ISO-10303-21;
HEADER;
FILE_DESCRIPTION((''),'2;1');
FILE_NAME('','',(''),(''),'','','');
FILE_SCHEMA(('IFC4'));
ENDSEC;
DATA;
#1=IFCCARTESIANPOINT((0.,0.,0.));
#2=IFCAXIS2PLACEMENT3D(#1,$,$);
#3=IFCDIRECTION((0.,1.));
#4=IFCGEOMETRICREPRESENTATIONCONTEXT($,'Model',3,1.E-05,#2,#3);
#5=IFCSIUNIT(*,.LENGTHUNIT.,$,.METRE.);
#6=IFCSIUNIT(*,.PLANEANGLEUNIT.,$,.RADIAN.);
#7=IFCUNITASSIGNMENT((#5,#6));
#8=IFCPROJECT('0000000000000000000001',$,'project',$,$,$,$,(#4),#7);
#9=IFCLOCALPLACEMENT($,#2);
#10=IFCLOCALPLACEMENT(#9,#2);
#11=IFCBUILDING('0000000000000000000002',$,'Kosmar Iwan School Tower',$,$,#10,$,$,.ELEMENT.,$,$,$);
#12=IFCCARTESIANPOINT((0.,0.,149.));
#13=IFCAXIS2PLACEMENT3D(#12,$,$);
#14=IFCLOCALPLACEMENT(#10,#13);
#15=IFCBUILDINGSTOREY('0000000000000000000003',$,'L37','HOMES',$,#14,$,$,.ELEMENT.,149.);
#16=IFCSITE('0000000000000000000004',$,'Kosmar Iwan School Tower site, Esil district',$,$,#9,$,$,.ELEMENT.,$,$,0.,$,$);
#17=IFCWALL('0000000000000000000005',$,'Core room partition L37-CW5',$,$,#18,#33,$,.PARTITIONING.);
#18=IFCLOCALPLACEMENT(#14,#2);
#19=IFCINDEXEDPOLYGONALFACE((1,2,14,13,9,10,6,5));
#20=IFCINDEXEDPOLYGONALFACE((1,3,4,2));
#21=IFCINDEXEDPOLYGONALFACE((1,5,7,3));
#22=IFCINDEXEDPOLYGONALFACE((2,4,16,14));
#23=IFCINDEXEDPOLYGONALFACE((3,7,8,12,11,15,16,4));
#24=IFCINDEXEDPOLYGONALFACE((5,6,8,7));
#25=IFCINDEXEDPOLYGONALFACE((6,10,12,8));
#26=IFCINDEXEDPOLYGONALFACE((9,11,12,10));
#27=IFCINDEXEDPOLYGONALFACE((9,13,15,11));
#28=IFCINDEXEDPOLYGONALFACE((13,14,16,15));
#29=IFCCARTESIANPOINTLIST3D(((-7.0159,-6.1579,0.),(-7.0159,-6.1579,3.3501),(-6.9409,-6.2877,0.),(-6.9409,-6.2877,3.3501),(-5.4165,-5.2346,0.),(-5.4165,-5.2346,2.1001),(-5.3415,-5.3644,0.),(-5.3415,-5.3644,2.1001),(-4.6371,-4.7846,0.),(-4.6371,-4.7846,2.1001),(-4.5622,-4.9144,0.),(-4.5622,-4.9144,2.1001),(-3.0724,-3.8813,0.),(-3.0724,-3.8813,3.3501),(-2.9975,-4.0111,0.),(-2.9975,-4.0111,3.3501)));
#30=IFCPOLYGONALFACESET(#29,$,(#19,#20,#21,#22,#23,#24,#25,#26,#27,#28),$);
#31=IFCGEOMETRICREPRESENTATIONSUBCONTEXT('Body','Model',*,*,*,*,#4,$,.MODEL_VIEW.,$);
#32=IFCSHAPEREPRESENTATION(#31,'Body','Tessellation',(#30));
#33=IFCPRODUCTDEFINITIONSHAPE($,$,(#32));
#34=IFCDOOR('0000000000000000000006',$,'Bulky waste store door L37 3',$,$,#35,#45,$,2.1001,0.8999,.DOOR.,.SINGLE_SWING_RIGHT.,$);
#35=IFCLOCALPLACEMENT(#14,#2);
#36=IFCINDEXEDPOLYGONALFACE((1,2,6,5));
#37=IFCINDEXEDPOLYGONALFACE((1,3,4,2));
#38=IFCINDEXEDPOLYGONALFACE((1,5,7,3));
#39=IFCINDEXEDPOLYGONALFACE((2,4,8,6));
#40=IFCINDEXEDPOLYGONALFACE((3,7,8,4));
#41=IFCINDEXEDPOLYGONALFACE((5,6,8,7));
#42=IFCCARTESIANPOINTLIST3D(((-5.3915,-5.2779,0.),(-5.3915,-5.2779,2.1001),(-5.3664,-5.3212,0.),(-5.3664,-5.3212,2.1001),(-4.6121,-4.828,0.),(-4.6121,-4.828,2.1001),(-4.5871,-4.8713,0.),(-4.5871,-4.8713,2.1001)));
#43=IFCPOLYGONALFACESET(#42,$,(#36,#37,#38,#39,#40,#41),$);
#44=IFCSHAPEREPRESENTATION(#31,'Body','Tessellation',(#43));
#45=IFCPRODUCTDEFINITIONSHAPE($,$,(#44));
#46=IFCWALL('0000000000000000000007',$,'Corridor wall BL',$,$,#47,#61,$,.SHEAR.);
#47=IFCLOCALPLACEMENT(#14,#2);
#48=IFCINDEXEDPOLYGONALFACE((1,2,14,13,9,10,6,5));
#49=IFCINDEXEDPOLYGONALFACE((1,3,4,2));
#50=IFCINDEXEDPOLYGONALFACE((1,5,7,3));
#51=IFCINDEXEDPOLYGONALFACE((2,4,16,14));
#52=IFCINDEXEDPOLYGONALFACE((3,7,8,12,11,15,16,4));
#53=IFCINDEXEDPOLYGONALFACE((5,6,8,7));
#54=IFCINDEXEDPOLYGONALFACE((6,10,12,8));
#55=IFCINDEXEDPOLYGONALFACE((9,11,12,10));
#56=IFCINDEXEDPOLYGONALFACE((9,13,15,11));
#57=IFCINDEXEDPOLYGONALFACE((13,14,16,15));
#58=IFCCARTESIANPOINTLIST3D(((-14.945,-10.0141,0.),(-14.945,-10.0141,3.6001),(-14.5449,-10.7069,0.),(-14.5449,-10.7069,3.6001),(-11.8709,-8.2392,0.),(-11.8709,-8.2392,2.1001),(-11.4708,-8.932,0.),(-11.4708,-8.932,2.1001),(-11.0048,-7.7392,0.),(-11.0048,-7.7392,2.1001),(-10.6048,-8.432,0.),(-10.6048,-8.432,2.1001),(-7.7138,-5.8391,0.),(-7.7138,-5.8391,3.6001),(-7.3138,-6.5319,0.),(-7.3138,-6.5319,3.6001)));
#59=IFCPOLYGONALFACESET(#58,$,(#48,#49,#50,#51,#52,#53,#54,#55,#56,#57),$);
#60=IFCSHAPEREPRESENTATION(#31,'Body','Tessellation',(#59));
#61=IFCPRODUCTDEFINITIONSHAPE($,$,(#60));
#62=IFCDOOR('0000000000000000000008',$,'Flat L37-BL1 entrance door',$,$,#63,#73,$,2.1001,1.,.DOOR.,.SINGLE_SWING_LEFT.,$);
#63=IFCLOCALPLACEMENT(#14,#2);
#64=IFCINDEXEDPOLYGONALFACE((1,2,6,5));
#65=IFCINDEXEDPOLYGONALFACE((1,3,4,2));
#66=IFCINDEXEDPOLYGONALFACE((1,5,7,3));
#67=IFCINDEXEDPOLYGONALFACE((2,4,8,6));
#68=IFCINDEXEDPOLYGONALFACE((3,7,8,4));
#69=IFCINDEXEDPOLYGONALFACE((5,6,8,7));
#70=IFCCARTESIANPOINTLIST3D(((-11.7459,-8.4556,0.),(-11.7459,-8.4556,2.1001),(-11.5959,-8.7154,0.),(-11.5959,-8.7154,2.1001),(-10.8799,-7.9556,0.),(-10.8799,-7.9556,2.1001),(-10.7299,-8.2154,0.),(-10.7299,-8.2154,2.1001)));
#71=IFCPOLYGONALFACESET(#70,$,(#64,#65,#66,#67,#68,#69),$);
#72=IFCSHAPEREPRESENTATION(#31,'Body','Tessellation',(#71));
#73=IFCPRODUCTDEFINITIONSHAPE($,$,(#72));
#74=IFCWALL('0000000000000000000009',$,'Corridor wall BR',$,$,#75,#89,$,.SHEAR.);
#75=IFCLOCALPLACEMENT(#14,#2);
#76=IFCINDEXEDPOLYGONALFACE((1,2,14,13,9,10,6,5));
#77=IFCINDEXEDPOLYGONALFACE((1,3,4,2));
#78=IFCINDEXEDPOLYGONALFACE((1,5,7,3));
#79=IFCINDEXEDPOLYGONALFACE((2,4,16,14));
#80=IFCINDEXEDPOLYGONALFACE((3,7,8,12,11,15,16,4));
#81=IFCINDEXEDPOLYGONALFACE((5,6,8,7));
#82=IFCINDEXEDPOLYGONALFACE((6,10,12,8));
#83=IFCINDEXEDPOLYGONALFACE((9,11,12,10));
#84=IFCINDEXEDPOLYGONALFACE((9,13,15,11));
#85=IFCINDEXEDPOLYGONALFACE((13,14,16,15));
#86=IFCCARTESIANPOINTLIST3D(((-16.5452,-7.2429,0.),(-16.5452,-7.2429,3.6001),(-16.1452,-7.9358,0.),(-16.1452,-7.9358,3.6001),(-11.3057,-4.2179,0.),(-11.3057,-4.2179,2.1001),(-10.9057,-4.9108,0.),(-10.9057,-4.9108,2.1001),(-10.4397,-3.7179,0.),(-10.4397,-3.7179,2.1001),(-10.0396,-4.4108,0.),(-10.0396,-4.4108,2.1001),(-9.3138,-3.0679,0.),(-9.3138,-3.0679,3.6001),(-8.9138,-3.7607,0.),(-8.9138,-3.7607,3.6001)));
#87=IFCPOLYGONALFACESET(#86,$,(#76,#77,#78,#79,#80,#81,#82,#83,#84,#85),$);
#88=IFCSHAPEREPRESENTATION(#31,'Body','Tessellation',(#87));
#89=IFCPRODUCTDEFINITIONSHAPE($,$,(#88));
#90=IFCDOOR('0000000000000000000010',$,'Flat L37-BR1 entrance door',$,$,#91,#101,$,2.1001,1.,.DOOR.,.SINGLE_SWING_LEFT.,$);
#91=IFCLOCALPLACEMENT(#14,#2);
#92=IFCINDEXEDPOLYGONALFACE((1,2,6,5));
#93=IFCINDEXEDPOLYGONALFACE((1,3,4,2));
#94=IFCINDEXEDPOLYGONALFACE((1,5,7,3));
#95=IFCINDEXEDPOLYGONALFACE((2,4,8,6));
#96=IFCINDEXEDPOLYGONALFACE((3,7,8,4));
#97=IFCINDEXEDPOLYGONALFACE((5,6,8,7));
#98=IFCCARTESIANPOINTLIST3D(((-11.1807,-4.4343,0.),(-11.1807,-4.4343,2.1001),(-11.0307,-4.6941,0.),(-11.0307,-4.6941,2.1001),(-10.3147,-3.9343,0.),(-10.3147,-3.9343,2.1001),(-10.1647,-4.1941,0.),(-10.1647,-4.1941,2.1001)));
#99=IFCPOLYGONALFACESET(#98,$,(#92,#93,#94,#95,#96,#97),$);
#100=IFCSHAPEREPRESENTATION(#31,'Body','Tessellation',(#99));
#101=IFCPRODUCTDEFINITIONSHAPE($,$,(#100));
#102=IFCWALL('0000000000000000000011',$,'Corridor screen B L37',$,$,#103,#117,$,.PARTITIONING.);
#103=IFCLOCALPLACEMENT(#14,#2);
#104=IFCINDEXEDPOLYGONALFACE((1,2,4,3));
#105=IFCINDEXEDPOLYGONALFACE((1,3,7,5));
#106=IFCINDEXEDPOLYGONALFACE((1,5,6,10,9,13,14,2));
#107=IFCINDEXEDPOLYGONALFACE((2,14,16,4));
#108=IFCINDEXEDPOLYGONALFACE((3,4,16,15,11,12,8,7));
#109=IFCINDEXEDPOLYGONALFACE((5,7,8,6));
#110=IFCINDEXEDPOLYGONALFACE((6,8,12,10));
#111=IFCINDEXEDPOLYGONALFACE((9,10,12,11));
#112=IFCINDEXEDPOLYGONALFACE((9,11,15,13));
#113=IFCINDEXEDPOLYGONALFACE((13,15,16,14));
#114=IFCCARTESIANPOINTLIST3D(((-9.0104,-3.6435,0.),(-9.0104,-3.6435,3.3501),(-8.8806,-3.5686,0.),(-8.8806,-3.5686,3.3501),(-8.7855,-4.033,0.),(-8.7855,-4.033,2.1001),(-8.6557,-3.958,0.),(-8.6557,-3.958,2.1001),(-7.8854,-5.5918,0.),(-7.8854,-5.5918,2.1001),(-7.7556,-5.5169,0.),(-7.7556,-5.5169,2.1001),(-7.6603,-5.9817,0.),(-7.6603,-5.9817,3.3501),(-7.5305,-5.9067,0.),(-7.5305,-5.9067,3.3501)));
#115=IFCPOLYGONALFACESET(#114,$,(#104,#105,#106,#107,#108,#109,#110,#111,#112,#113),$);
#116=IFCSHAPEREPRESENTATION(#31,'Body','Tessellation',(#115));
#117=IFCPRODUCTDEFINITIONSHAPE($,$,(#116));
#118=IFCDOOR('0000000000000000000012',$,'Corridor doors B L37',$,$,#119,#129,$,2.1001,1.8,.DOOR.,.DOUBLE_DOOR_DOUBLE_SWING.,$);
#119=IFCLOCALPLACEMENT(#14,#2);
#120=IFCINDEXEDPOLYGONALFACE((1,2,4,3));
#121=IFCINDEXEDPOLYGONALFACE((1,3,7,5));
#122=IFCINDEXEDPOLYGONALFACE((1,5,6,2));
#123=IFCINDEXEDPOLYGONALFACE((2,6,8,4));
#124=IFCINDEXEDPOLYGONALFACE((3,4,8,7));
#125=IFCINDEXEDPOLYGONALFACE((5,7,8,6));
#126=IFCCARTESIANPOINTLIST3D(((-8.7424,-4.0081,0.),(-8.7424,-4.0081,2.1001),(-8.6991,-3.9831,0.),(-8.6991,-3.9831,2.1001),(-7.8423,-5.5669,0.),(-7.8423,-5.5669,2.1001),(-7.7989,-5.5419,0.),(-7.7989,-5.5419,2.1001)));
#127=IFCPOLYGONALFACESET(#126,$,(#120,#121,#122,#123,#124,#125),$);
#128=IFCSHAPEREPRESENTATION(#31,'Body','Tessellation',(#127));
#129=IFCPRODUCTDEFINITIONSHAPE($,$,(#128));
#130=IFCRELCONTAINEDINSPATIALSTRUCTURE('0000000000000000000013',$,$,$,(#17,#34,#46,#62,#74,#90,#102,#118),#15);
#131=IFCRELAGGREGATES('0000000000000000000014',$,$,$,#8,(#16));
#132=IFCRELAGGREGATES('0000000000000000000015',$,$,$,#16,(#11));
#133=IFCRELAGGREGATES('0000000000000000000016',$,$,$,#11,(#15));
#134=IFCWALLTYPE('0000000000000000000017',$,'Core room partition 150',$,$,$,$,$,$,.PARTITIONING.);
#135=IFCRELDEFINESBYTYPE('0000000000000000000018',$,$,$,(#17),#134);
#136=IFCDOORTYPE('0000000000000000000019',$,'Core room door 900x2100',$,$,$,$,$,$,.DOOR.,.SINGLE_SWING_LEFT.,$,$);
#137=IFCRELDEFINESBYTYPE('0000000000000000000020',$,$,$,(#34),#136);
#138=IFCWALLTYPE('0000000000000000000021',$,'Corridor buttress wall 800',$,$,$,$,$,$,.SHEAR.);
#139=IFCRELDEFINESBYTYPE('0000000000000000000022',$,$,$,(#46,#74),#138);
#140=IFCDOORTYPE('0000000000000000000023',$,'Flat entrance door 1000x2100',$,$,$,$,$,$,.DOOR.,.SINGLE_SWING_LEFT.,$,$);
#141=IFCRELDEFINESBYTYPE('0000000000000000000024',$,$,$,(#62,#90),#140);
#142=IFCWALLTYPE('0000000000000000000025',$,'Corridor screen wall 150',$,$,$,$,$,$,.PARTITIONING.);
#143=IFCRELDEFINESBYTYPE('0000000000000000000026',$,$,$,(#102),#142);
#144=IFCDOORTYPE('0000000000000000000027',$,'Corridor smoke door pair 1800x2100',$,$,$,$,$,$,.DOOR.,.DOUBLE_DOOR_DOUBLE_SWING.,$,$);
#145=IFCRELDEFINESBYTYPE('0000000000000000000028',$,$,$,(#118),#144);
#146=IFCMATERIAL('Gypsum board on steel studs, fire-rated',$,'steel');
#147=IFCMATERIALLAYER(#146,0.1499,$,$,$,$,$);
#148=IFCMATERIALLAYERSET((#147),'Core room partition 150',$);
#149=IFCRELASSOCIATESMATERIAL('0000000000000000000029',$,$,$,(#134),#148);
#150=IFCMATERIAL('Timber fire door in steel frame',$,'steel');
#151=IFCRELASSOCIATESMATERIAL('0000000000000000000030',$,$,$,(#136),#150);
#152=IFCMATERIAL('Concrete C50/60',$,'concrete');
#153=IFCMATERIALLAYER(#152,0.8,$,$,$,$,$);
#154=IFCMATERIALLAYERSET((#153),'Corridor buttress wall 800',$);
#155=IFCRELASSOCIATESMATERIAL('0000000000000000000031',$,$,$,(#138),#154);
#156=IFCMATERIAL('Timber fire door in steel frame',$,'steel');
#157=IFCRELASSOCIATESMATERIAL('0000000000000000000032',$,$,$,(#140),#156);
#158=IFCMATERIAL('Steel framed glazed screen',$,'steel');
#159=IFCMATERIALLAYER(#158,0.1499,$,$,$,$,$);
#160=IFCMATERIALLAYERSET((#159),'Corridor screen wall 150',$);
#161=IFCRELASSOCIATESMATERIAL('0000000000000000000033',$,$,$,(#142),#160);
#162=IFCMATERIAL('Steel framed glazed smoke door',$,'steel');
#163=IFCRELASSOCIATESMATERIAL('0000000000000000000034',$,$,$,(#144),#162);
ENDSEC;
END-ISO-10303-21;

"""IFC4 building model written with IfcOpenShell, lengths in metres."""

from ifc_helpers import new_model, si_unit, direction, frame, frame_2d, origin, place, context, subcontext, project, spatial, rectangle, extrude, material, layer, layer_set, type_object, element, fill, save


model = new_model("IFC4")

# Units and contexts
model_context = context("Model", 3, precision=1e-05, world=origin(), true_north=direction((0.0, 1.0)))
body_context = subcontext(model_context, "Body", "Model", "MODEL_VIEW")
ifc_project = project(units=[si_unit("LENGTHUNIT", "METRE"), si_unit("PLANEANGLEUNIT", "RADIAN")], contexts=[model_context])

# Site, building, storey
site_placement = place(None, origin())
site = spatial("IfcSite", under=ifc_project, at=site_placement, Name="Kosmar Iwan School Tower site, Esil district", CompositionType="ELEMENT", RefElevation=0.0)
building_placement = place(site_placement, origin())
building = spatial("IfcBuilding", under=site, at=building_placement, Name="Kosmar Iwan School Tower", CompositionType="ELEMENT")
storey_placement = place(building_placement, frame((0.0, 0.0, 149.0)))
storey = spatial("IfcBuildingStorey", under=building, at=storey_placement, Name="L37", Description="HOMES", CompositionType="ELEMENT", Elevation=149.0)

# Walls, openings, doors
ifc_material_1 = material(Name="Gypsum board on steel studs, fire-rated", Category="steel")
ifc_layer_1 = layer(ifc_material_1, 0.1499)
ifc_layer_set_1 = layer_set([ifc_layer_1], Name="Core room partition 150")
wall_type_1 = type_object("IfcWallType", Name="Core room partition 150", PredefinedType="PARTITIONING", material=ifc_layer_set_1)
wall_1_placement = place(storey_placement, frame((-6.9785, -6.2229, 0.0), z_axis=(0.0, 0.0, 1.0), x_axis=(0.866034, 0.499985, 0.0)))
wall_1 = element("IfcWall", 1, at=wall_1_placement, inside=storey, type_object=wall_type_1, Name="Core room partition L37-CW5", PredefinedType="PARTITIONING", context=body_context, shape_type="SweptSolid", body=[
    extrude(rectangle(XDim=4.5535, YDim=0.1499, at=frame_2d((2.2769, 0.0))), origin(), (0.0, 0.0, 1.0), 3.3501),
])
opening_1_placement = place(wall_1_placement, frame((1.8469, 0.0, 0.0)))
opening_1 = element("IfcOpeningElement", 2, at=opening_1_placement, cuts=wall_1, PredefinedType="OPENING", context=body_context, shape_type="SweptSolid", body=[
    extrude(rectangle(XDim=0.8999, YDim=2.1001, at=frame_2d((0.45, 1.05))), frame((0.0, 0.0869, 0.0), z_axis=(0.0, -1.0, 0.0), x_axis=(1.0, 0.0, 0.0)), (0.0, 0.0, 1.0), 0.1738),
])
ifc_material_2 = material(Name="Timber fire door in steel frame", Category="steel")
door_type_1 = type_object("IfcDoorType", Name="Core room door 900x2100", OperationType="SINGLE_SWING_LEFT", PredefinedType="DOOR", material=ifc_material_2)
door_1_placement = place(opening_1_placement, origin())
door_1 = element("IfcDoor", 3, at=door_1_placement, inside=storey, type_object=door_type_1, Name="Bulky waste store door L37 3", OperationType="SINGLE_SWING_RIGHT", OverallHeight=2.1001, OverallWidth=0.8999, PredefinedType="DOOR", context=body_context, shape_type="SweptSolid", body=[
    extrude(rectangle(XDim=0.8999, YDim=2.1001, at=frame_2d((0.45, 1.05))), frame((0.0, 0.0249, 0.0), z_axis=(0.0, -1.0, 0.0), x_axis=(1.0, 0.0, 0.0)), (0.0, 0.0, 1.0), 0.05),
])
fill(opening_1, door_1)
ifc_material_3 = material(Name="Concrete C50/60", Category="concrete")
ifc_layer_2 = layer(ifc_material_3, 0.8)
ifc_layer_set_2 = layer_set([ifc_layer_2], Name="Corridor buttress wall 800")
wall_type_2 = type_object("IfcWallType", Name="Corridor buttress wall 800", PredefinedType="SHEAR", material=ifc_layer_set_2)
wall_2_placement = place(storey_placement, frame((-7.5139, -6.1855, 0.0), z_axis=(0.0, 0.0, 1.0), x_axis=(-0.86602, -0.50001, 0.0)))
wall_2 = element("IfcWall", 4, at=wall_2_placement, inside=storey, type_object=wall_type_2, Name="Corridor wall BL", PredefinedType="SHEAR", context=body_context, shape_type="SweptSolid", body=[
    extrude(rectangle(XDim=8.3499, YDim=0.8, at=frame_2d((4.1748, 0.0))), origin(), (0.0, 0.0, 1.0), 3.6001),
])
opening_2_placement = place(wall_2_placement, frame((3.8, 0.0, 0.0)))
opening_2 = element("IfcOpeningElement", 5, at=opening_2_placement, cuts=wall_2, PredefinedType="OPENING", context=body_context, shape_type="SweptSolid", body=[
    extrude(rectangle(XDim=1.0, YDim=2.1001, at=frame_2d((0.5, 1.05))), frame((0.0, 0.4121, 0.0), z_axis=(0.0, -1.0, 0.0), x_axis=(1.0, 0.0, 0.0)), (0.0, 0.0, 1.0), 0.824),
])
ifc_material_4 = material(Name="Timber fire door in steel frame", Category="steel")
door_type_2 = type_object("IfcDoorType", Name="Flat entrance door 1000x2100", OperationType="SINGLE_SWING_LEFT", PredefinedType="DOOR", material=ifc_material_4)
door_2_placement = place(opening_2_placement, origin())
door_2 = element("IfcDoor", 6, at=door_2_placement, inside=storey, type_object=door_type_2, Name="Flat L37-BL1 entrance door", OperationType="SINGLE_SWING_LEFT", OverallHeight=2.1001, OverallWidth=1.0, PredefinedType="DOOR", context=body_context, shape_type="SweptSolid", body=[
    extrude(rectangle(XDim=1.0, YDim=2.1001, at=frame_2d((0.5, 1.05))), frame((0.0, 0.1499, 0.0), z_axis=(0.0, -1.0, 0.0), x_axis=(1.0, 0.0, 0.0)), (0.0, 0.0, 1.0), 0.3),
])
fill(opening_2, door_2)
wall_3_placement = place(storey_placement, frame((-9.1138, -3.4143, 0.0), z_axis=(0.0, 0.0, 1.0), x_axis=(-0.866027, -0.499997, 0.0)))
wall_3 = element("IfcWall", 7, at=wall_3_placement, inside=storey, type_object=wall_type_2, Name="Corridor wall BR", PredefinedType="SHEAR", context=body_context, shape_type="SweptSolid", body=[
    extrude(rectangle(XDim=8.3501, YDim=0.8, at=frame_2d((4.175, 0.0))), origin(), (0.0, 0.0, 1.0), 3.6001),
])
opening_3_placement = place(wall_3_placement, frame((1.3, 0.0, 0.0)))
opening_3 = element("IfcOpeningElement", 8, at=opening_3_placement, cuts=wall_3, PredefinedType="OPENING", context=body_context, shape_type="SweptSolid", body=[
    extrude(rectangle(XDim=1.0, YDim=2.1001, at=frame_2d((0.5, 1.05))), frame((0.0, 0.4121, 0.0), z_axis=(0.0, -1.0, 0.0), x_axis=(1.0, 0.0, 0.0)), (0.0, 0.0, 1.0), 0.824),
])
door_3_placement = place(opening_3_placement, origin())
door_3 = element("IfcDoor", 9, at=door_3_placement, inside=storey, type_object=door_type_2, Name="Flat L37-BR1 entrance door", OperationType="SINGLE_SWING_LEFT", OverallHeight=2.1001, OverallWidth=1.0, PredefinedType="DOOR", context=body_context, shape_type="SweptSolid", body=[
    extrude(rectangle(XDim=1.0, YDim=2.1001, at=frame_2d((0.5, 1.05))), frame((0.0, 0.1499, 0.0), z_axis=(0.0, -1.0, 0.0), x_axis=(1.0, 0.0, 0.0)), (0.0, 0.0, 1.0), 0.3),
])
fill(opening_3, door_3)
ifc_material_5 = material(Name="Steel framed glazed screen", Category="steel")
ifc_layer_3 = layer(ifc_material_5, 0.1499)
ifc_layer_set_3 = layer_set([ifc_layer_3], Name="Corridor screen wall 150")
wall_type_3 = type_object("IfcWallType", Name="Corridor screen wall 150", PredefinedType="PARTITIONING", material=ifc_layer_set_3)
wall_4_placement = place(storey_placement, frame((-8.9456, -3.606, 0.0), z_axis=(0.0, 0.0, 1.0), x_axis=(0.500049, -0.865997, 0.0)))
wall_4 = element("IfcWall", 10, at=wall_4_placement, inside=storey, type_object=wall_type_3, Name="Corridor screen B L37", PredefinedType="PARTITIONING", context=body_context, shape_type="SweptSolid", body=[
    extrude(rectangle(XDim=2.7, YDim=0.1499, at=frame_2d((1.3501, 0.0))), origin(), (0.0, 0.0, 1.0), 3.3501),
])
opening_4_placement = place(wall_4_placement, frame((0.45, 0.0, 0.0)))
opening_4 = element("IfcOpeningElement", 11, at=opening_4_placement, cuts=wall_4, PredefinedType="OPENING", context=body_context, shape_type="SweptSolid", body=[
    extrude(rectangle(XDim=1.8, YDim=2.1001, at=frame_2d((0.8999, 1.05))), frame((0.0, 0.0869, 0.0), z_axis=(0.0, -1.0, 0.0), x_axis=(1.0, 0.0, 0.0)), (0.0, 0.0, 1.0), 0.1738),
])
ifc_material_6 = material(Name="Steel framed glazed smoke door", Category="steel")
door_type_3 = type_object("IfcDoorType", Name="Corridor smoke door pair 1800x2100", OperationType="DOUBLE_DOOR_DOUBLE_SWING", PredefinedType="DOOR", material=ifc_material_6)
door_4_placement = place(opening_4_placement, origin())
door_4 = element("IfcDoor", 12, at=door_4_placement, inside=storey, type_object=door_type_3, Name="Corridor doors B L37", OperationType="DOUBLE_DOOR_DOUBLE_SWING", OverallHeight=2.1001, OverallWidth=1.8, PredefinedType="DOOR", context=body_context, shape_type="SweptSolid", body=[
    extrude(rectangle(XDim=1.8, YDim=2.1001, at=frame_2d((0.8999, 1.05))), frame((0.0, 0.0249, 0.0), z_axis=(0.0, -1.0, 0.0), x_axis=(1.0, 0.0, 0.0)), (0.0, 0.0, 1.0), 0.05),
])
fill(opening_4, door_4)

save(model, "model.ifc")
